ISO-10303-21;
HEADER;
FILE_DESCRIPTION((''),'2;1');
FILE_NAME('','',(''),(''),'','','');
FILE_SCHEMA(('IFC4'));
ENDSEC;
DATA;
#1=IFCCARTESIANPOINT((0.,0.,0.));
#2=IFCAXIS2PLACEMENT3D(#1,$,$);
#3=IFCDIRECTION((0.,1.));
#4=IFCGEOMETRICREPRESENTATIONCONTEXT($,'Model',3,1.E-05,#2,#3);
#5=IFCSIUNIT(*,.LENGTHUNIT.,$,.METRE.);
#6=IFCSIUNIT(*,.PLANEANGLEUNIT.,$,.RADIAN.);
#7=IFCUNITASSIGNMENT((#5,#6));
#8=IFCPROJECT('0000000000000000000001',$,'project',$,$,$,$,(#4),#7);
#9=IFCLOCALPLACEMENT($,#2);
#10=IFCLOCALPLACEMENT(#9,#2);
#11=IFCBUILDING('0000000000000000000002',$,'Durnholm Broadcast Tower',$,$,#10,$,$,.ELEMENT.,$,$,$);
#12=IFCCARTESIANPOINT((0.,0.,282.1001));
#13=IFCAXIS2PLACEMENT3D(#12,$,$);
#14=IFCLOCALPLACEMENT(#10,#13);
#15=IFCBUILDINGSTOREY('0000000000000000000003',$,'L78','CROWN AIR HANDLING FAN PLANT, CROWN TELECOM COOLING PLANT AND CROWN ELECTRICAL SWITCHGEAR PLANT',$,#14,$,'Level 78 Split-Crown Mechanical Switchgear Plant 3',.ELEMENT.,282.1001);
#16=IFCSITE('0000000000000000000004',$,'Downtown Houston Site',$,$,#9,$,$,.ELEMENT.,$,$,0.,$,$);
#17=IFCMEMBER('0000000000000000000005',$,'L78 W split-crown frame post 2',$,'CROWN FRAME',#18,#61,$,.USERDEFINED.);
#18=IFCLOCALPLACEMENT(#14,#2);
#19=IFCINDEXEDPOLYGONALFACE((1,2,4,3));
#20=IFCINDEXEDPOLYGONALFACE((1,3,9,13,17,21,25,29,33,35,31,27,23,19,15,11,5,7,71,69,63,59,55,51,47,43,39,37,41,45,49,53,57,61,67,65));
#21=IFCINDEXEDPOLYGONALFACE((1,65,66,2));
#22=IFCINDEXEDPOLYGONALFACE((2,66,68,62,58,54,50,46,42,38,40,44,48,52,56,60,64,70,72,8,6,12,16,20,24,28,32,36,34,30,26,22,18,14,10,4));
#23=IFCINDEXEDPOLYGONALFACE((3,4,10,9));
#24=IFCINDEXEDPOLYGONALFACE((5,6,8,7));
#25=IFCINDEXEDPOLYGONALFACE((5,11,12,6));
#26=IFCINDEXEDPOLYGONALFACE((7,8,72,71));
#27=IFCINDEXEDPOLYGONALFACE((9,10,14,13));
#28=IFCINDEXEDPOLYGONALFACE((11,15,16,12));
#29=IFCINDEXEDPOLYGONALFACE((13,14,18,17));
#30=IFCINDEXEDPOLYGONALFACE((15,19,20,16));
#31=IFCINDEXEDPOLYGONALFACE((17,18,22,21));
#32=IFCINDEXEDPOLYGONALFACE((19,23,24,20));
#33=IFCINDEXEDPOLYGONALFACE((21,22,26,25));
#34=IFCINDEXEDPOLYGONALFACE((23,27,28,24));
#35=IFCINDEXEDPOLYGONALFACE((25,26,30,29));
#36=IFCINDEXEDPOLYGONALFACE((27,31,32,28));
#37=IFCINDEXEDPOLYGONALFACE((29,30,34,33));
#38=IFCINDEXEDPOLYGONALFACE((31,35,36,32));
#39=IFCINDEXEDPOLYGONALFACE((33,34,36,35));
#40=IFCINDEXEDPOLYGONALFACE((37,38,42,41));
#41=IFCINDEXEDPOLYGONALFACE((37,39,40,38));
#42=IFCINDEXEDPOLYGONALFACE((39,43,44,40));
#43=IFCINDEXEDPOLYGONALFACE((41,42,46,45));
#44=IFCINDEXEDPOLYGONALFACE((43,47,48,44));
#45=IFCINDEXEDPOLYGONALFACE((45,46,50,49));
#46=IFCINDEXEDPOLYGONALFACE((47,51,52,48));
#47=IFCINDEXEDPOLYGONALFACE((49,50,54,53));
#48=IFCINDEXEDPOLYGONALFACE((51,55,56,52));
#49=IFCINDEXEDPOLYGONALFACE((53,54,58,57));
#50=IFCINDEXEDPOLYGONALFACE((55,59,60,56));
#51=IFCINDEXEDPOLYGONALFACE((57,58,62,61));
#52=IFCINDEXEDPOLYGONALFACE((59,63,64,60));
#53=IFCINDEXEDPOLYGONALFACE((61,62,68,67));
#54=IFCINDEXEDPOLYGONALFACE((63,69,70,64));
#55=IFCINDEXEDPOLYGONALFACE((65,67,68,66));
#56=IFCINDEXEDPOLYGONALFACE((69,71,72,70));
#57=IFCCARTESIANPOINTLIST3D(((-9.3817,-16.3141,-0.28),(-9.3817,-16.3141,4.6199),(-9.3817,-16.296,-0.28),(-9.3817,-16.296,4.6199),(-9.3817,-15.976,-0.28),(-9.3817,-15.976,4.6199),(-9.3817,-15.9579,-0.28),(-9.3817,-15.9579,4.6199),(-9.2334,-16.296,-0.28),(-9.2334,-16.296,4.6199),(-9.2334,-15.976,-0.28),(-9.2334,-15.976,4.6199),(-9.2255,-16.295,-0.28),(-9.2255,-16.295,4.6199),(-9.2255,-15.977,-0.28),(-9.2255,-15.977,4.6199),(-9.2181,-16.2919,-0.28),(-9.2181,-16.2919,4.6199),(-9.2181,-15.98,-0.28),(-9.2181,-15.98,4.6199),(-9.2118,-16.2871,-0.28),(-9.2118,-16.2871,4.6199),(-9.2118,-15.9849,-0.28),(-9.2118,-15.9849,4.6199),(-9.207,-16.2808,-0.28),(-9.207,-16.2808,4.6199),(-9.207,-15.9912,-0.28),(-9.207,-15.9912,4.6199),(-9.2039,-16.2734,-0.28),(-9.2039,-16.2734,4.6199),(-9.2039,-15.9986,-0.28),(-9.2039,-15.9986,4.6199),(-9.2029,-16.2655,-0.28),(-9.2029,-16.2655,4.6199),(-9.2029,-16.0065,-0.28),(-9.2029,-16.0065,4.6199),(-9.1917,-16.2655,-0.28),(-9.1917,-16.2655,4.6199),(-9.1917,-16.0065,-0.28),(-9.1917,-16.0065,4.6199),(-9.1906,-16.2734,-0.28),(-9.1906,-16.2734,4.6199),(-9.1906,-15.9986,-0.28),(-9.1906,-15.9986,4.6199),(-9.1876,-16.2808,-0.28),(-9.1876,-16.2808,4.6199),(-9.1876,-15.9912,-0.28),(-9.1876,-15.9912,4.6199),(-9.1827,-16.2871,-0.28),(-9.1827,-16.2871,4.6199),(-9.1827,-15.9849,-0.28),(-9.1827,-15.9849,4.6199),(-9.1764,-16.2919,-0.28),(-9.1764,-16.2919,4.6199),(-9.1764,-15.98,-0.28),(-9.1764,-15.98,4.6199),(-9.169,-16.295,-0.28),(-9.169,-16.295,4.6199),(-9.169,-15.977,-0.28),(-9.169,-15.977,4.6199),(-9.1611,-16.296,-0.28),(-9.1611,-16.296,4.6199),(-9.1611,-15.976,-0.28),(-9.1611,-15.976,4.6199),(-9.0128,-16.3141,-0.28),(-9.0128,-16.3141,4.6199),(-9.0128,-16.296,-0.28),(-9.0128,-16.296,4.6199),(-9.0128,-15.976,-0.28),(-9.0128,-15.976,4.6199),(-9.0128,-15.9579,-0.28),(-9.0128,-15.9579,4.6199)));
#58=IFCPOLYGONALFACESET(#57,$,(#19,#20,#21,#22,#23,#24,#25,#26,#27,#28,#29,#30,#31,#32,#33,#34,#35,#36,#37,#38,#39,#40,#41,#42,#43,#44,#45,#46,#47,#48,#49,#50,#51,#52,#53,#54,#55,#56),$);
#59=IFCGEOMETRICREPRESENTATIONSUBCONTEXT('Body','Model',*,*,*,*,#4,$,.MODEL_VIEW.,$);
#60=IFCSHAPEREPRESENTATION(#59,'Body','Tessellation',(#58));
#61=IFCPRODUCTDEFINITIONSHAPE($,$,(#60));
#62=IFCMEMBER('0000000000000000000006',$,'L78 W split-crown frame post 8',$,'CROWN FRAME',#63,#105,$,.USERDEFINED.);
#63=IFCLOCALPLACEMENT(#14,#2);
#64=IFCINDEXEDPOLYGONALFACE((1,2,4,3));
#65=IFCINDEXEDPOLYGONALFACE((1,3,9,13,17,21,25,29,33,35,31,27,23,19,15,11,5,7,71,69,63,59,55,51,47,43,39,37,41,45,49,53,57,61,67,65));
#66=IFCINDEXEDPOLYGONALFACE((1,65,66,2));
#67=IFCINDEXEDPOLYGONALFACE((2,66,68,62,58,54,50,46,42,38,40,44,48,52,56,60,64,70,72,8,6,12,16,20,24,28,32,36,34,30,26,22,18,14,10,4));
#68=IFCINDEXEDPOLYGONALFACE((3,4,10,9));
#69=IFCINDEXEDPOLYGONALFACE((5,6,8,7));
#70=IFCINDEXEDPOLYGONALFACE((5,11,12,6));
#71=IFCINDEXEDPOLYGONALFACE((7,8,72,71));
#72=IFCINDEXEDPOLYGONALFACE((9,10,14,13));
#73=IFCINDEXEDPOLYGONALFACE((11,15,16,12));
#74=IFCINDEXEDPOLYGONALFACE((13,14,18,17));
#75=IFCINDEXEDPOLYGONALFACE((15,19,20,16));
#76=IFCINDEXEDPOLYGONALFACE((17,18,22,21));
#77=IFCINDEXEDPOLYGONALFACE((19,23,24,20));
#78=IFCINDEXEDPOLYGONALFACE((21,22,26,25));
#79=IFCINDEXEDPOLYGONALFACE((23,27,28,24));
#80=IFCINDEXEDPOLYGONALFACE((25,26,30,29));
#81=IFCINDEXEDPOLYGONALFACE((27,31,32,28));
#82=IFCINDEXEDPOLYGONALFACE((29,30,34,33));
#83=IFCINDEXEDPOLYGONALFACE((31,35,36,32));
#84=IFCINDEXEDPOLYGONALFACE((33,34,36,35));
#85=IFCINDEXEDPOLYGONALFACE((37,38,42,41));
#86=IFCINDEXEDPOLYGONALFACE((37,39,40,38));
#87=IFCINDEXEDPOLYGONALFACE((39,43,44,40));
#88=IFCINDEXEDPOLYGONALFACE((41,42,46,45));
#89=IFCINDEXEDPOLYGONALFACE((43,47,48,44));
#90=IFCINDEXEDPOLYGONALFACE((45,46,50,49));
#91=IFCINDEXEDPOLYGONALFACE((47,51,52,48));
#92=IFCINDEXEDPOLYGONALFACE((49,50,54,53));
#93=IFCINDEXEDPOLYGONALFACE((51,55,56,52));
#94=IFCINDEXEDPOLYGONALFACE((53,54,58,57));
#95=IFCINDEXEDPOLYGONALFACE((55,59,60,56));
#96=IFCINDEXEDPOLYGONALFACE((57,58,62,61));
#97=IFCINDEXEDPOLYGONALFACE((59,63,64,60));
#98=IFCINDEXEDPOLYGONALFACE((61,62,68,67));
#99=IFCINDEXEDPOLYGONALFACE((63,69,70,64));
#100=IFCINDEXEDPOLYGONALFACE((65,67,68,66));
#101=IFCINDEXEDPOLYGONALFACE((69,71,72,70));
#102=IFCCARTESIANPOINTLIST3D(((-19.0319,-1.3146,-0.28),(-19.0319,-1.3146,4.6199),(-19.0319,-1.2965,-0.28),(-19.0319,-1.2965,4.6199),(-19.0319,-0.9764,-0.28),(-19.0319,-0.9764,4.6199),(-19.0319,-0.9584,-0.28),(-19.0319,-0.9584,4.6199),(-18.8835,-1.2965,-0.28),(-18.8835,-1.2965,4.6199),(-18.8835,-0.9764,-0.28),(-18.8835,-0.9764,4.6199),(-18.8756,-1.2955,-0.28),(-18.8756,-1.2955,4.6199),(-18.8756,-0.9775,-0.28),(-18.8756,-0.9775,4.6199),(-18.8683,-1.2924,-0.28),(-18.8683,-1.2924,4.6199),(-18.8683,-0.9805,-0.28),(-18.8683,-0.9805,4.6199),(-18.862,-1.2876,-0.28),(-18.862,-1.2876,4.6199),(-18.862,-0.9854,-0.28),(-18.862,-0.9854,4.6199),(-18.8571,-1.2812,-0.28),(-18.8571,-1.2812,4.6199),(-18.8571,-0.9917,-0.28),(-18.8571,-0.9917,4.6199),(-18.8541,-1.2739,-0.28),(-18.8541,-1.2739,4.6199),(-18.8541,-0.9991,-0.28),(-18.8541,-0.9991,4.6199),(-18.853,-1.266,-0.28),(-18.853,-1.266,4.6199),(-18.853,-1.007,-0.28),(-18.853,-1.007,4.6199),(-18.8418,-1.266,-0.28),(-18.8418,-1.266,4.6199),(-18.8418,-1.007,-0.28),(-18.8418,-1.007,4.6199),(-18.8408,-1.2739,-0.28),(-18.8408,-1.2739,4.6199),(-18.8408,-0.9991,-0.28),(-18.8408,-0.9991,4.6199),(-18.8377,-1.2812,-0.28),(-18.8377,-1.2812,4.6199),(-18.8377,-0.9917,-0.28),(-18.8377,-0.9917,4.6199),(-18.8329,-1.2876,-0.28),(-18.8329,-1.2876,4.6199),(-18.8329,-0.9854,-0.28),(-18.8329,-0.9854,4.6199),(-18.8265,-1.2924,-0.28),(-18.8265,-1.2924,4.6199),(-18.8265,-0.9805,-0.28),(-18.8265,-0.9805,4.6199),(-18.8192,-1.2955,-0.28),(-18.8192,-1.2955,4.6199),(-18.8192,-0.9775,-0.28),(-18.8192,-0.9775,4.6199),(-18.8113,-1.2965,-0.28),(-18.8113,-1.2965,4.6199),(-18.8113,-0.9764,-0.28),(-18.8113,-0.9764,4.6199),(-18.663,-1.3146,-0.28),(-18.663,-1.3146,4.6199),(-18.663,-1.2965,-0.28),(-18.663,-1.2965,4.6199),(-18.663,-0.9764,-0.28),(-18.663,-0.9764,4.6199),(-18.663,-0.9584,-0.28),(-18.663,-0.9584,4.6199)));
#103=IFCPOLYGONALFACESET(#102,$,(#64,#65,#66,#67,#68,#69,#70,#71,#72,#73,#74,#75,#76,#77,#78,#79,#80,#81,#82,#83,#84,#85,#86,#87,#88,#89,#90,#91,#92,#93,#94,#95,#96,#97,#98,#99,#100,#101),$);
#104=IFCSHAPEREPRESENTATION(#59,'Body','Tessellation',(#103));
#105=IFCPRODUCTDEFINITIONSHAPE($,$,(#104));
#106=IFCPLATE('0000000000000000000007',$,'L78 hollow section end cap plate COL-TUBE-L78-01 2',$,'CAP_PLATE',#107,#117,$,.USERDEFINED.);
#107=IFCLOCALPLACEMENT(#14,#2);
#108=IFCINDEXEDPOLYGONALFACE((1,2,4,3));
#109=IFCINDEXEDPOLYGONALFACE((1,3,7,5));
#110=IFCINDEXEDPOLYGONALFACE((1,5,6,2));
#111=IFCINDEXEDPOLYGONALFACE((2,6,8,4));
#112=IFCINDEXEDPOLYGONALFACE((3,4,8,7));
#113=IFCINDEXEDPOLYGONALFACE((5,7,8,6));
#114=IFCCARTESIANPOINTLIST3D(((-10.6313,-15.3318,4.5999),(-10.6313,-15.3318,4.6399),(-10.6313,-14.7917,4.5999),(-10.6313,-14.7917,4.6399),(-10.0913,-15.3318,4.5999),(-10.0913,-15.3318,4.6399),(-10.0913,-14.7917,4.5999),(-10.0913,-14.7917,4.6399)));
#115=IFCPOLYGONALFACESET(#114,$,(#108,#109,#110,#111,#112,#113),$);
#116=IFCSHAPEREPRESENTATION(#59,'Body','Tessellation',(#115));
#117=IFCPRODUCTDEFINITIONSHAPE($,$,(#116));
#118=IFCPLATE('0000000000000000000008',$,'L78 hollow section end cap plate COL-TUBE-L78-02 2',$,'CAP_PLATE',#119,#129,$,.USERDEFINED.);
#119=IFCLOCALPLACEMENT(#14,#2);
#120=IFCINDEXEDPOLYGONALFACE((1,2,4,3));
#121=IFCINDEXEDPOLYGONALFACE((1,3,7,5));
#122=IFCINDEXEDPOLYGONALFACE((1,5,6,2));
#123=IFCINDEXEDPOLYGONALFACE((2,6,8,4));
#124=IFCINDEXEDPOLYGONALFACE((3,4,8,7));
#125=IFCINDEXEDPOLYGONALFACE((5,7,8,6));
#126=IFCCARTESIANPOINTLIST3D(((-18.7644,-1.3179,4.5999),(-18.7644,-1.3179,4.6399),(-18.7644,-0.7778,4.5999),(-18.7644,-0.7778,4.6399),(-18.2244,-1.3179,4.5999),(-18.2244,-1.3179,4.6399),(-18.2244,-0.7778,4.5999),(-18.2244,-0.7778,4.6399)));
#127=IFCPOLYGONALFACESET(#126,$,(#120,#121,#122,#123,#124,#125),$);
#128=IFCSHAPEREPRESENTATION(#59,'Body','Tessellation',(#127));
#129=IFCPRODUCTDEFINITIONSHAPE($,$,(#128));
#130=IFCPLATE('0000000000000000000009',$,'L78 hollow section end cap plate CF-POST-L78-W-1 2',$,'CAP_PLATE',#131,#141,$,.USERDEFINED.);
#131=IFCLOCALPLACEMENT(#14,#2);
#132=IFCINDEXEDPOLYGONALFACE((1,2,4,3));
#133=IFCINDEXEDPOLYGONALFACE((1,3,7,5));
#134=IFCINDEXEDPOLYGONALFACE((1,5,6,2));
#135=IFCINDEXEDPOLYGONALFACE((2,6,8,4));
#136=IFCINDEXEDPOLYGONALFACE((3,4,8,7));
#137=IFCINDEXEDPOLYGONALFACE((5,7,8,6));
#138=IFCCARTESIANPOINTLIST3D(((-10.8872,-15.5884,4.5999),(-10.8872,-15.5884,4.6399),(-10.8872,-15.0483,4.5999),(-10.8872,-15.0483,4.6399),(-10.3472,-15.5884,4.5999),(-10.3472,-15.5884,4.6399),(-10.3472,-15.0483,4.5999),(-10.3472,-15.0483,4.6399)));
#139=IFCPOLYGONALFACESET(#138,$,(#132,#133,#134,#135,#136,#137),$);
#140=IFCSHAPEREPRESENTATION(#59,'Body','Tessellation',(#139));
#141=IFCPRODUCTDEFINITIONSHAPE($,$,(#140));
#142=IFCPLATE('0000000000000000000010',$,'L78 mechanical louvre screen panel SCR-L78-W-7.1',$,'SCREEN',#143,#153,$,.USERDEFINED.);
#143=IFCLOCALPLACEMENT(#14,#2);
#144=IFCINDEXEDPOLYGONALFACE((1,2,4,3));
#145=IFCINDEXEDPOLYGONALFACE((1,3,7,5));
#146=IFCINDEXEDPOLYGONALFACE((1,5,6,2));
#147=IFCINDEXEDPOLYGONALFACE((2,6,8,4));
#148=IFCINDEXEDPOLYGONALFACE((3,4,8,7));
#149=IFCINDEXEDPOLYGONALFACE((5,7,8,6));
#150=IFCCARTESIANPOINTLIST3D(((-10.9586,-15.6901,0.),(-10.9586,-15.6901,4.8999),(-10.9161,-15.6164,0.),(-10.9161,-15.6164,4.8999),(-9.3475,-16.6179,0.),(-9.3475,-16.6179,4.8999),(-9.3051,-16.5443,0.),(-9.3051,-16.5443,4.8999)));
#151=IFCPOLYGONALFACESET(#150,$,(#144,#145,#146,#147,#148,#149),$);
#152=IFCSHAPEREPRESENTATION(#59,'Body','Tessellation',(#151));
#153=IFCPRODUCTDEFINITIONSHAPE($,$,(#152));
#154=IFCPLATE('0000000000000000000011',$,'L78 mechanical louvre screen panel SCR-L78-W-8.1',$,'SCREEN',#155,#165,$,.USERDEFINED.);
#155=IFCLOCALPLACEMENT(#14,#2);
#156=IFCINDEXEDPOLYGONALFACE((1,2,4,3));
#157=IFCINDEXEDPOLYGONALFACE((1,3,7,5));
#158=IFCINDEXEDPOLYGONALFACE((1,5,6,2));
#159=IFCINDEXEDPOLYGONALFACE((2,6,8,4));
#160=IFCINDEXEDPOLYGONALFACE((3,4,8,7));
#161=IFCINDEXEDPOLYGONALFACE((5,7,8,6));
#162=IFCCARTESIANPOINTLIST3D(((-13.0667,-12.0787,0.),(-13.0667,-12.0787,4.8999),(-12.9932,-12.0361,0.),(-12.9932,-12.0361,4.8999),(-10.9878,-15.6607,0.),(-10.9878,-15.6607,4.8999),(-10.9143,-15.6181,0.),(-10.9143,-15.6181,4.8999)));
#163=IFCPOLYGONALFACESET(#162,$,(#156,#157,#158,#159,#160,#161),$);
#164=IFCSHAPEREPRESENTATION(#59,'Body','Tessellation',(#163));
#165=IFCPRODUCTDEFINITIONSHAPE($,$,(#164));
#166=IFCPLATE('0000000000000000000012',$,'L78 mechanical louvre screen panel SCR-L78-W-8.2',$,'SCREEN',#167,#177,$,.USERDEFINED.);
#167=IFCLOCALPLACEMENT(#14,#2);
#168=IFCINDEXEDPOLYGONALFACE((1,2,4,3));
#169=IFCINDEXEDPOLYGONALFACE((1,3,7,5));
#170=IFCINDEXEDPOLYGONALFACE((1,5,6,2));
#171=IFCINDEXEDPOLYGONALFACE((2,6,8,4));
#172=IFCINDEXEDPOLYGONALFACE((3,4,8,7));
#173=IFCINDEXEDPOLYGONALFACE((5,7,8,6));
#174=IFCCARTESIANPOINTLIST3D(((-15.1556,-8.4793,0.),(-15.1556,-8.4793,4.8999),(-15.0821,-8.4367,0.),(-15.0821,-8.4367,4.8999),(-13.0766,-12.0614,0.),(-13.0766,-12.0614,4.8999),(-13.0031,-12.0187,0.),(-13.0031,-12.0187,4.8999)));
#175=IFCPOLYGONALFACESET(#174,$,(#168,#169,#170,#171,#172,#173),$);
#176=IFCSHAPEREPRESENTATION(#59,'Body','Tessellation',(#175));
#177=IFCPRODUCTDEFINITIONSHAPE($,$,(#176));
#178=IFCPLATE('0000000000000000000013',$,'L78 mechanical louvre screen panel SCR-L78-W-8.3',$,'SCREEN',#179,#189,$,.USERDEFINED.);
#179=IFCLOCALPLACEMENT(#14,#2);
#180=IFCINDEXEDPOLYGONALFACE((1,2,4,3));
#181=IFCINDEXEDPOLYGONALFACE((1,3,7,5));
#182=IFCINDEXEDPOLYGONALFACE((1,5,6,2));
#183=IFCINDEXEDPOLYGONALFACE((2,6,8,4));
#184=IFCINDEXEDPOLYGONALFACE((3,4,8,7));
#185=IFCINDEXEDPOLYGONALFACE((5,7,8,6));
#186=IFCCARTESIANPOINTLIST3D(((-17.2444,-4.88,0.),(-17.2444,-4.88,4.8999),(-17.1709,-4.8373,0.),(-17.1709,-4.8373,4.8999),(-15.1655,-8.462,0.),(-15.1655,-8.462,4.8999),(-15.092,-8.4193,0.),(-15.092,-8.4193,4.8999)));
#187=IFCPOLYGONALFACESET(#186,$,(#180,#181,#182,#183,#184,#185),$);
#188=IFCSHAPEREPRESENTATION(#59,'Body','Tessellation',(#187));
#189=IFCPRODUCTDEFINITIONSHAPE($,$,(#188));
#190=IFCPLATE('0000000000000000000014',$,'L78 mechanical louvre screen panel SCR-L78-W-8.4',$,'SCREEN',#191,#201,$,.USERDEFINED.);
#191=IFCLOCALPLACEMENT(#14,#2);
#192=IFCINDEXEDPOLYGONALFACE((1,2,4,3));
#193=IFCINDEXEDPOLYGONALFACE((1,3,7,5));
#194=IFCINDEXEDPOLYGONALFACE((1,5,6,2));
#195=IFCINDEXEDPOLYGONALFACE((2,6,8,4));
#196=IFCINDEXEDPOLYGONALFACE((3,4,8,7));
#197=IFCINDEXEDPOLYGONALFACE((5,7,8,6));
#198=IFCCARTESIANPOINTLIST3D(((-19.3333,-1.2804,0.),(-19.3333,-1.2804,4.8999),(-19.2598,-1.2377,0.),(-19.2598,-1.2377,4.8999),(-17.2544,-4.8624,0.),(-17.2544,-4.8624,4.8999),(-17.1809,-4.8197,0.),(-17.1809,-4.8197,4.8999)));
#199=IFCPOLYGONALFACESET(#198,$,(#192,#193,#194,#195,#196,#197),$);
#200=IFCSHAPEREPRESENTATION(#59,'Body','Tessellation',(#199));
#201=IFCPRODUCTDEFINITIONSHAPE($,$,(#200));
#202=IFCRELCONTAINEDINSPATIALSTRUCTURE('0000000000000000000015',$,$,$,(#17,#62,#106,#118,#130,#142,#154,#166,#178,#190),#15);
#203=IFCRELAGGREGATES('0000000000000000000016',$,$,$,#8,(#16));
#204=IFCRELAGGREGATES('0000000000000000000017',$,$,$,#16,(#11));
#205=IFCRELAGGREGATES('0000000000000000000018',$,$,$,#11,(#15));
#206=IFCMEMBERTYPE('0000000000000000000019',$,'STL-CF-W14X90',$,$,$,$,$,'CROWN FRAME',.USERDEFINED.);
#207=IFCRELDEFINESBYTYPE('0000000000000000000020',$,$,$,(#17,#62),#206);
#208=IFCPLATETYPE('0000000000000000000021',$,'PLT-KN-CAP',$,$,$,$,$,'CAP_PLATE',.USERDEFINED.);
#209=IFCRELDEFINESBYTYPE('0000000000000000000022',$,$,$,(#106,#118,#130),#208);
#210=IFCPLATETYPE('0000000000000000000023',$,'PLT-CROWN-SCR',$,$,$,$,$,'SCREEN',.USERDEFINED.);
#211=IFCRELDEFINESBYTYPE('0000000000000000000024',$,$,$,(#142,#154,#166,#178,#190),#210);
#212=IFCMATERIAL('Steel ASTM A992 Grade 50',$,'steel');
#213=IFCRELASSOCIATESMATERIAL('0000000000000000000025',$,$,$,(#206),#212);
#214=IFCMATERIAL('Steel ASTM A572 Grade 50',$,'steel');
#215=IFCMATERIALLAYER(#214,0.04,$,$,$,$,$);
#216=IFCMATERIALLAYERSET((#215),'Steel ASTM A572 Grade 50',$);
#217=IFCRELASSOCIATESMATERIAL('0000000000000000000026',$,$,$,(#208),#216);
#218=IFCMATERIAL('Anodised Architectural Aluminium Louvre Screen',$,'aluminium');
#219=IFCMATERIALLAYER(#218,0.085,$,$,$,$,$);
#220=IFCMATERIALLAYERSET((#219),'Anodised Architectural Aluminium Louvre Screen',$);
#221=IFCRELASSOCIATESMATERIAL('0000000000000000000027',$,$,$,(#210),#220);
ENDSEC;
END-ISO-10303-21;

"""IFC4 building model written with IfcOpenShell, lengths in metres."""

from ifc_helpers import new_model, si_unit, direction, frame, origin, origin_2d, place, context, subcontext, project, spatial, rectangle, i_section, extrude, source, transform, mapped, material, layer, layer_set, material_profile, profile_set, type_object, type_shapes, element, save


model = new_model("IFC4")

# Units and contexts
model_context = context("Model", 3, precision=1e-05, world=origin(), true_north=direction((0.0, 1.0)))
body_context = subcontext(model_context, "Body", "Model", "MODEL_VIEW")
ifc_project = project(units=[si_unit("LENGTHUNIT", "METRE"), si_unit("PLANEANGLEUNIT", "RADIAN")], contexts=[model_context])

# Site, building, storey
site_placement = place(None, origin())
site = spatial("IfcSite", under=ifc_project, at=site_placement, Name="Downtown Houston Site", CompositionType="ELEMENT", RefElevation=0.0)
building_placement = place(site_placement, origin())
building = spatial("IfcBuilding", under=site, at=building_placement, Name="Durnholm Broadcast Tower", CompositionType="ELEMENT")
storey_placement = place(building_placement, frame((0.0, 0.0, 282.1001)))
storey = spatial("IfcBuildingStorey", under=building, at=storey_placement, Name="L78", Description="CROWN AIR HANDLING FAN PLANT, CROWN TELECOM COOLING PLANT AND CROWN ELECTRICAL SWITCHGEAR PLANT", LongName="Level 78 Split-Crown Mechanical Switchgear Plant 3", CompositionType="ELEMENT", Elevation=282.1001)

# Shared definitions
ifc_material_1 = material(Name="Steel ASTM A992 Grade 50", Category="steel")

# Members
ifc_material_profile_1 = material_profile(ifc_material_1, i_section(OverallWidth=0.3689, OverallDepth=0.3562, WebThickness=0.0112, FlangeThickness=0.0181, FilletRadius=0.0305, at=origin_2d()), Name="W14X90")
ifc_profile_set_1 = profile_set([ifc_material_profile_1], Name="Steel ASTM A992 Grade 50")
member_type_1 = type_object("IfcMemberType", Name="STL-CF-W14X90", ElementType="CROWN FRAME", PredefinedType="USERDEFINED", material=ifc_profile_set_1)
shared_shape_1 = source(origin(), body_context, "Body", "SweptSolid", [
    extrude(i_section(OverallWidth=0.3689, OverallDepth=0.3562, WebThickness=0.0112, FlangeThickness=0.0181, FilletRadius=0.0305, at=origin_2d()), origin(), (0.0, 0.0, 1.0), 4.8999),
])
type_shapes(member_type_1, [shared_shape_1])
for number, where, z_axis, x_axis, name in (
    (1, (-9.1973, -16.136, -0.28), (0.0, 0.0, 1.0), (1.0, 0.0, 0.0), "L78 W split-crown frame post 2"),
    (2, (-18.8474, -1.1365, -0.28), (0.0, 0.0, 1.0), (1.0, 0.0, 0.0), "L78 W split-crown frame post 8"),
):
    element("IfcMember", number, at=place(storey_placement, frame(where, z_axis=z_axis, x_axis=x_axis)), inside=storey, type_object=member_type_1, Name=name, ObjectType="CROWN FRAME", PredefinedType="USERDEFINED", context=body_context, shape_type="MappedRepresentation", body=[
        mapped(shared_shape_1, transform((0.0, 0.0, 0.0), x_axis=(1.0, 0.0, 0.0), y_axis=(0.0, 1.0, 0.0), z_axis=(0.0, 0.0, 1.0), scale=1.0)),
    ])

# Plates
ifc_material_2 = material(Name="Steel ASTM A572 Grade 50", Category="steel")
ifc_layer_1 = layer(ifc_material_2, 0.04)
ifc_layer_set_1 = layer_set([ifc_layer_1], Name="Steel ASTM A572 Grade 50")
plate_type_1 = type_object("IfcPlateType", Name="PLT-KN-CAP", ElementType="CAP_PLATE", PredefinedType="USERDEFINED", material=ifc_layer_set_1)
shared_shape_2 = source(origin(), body_context, "Body", "SweptSolid", [
    extrude(rectangle(XDim=0.54, YDim=0.54, at=origin_2d()), origin(), (0.0, 0.0, 1.0), 0.04),
])
type_shapes(plate_type_1, [shared_shape_2])
for number, where, z_axis, x_axis, name in (
    (3, (-10.3613, -15.0618, 4.5999), (0.0, 0.0, 1.0), (1.0, 0.0, 0.0), "L78 hollow section end cap plate COL-TUBE-L78-01 2"),
    (4, (-18.4944, -1.0479, 4.5999), (0.0, 0.0, 1.0), (1.0, 0.0, 0.0), "L78 hollow section end cap plate COL-TUBE-L78-02 2"),
    (5, (-10.6172, -15.3184, 4.5999), (0.0, 0.0, 1.0), (1.0, 0.0, 0.0), "L78 hollow section end cap plate CF-POST-L78-W-1 2"),
):
    element("IfcPlate", number, at=place(storey_placement, frame(where, z_axis=z_axis, x_axis=x_axis)), inside=storey, type_object=plate_type_1, Name=name, ObjectType="CAP_PLATE", PredefinedType="USERDEFINED", context=body_context, shape_type="MappedRepresentation", body=[
        mapped(shared_shape_2, transform((0.0, 0.0, 0.0), x_axis=(1.0, 0.0, 0.0), y_axis=(0.0, 1.0, 0.0), z_axis=(0.0, 0.0, 1.0), scale=1.0)),
    ])
ifc_material_3 = material(Name="Anodised Architectural Aluminium Louvre Screen", Category="aluminium")
ifc_layer_2 = layer(ifc_material_3, 0.085)
ifc_layer_set_2 = layer_set([ifc_layer_2], Name="Anodised Architectural Aluminium Louvre Screen")
plate_type_2 = type_object("IfcPlateType", Name="PLT-CROWN-SCR", ElementType="SCREEN", PredefinedType="USERDEFINED", material=ifc_layer_set_2)
shared_shape_3 = source(origin(), body_context, "Body", "SweptSolid", [
    extrude(rectangle(XDim=1.8591, YDim=0.085, at=origin_2d()), origin(), (0.0, 0.0, 1.0), 4.8999),
])
plate_placement = place(storey_placement, frame((-10.1318, -16.1172, 0.0), z_axis=(0.0, 0.0, 1.0), x_axis=(-0.866549, 0.499093, 0.0)))
element("IfcPlate", 6, at=plate_placement, inside=storey, type_object=plate_type_2, Name="L78 mechanical louvre screen panel SCR-L78-W-7.1", ObjectType="SCREEN", PredefinedType="USERDEFINED", context=body_context, shape_type="MappedRepresentation", body=[
    mapped(shared_shape_3, transform((0.0, 0.0, 0.0), x_axis=(1.0, 0.0, 0.0), y_axis=(0.0, 1.0, 0.0), z_axis=(0.0, 0.0, 1.0), scale=1.0)),
])
shared_shape_4 = source(origin(), body_context, "Body", "SweptSolid", [
    extrude(rectangle(XDim=4.1416, YDim=0.085, at=origin_2d()), origin(), (0.0, 0.0, 1.0), 4.8999),
])
type_shapes(plate_type_2, [shared_shape_3, shared_shape_4])
for number, where, z_axis, x_axis, name in (
    (7, (-11.9905, -13.8484, 0.0), (0.0, 0.0, 1.0), (-0.501964, 0.864889, 0.0), "L78 mechanical louvre screen panel SCR-L78-W-8.1"),
    (8, (-14.0793, -10.249, 0.0), (0.0, 0.0, 1.0), (-0.501964, 0.864889, 0.0), "L78 mechanical louvre screen panel SCR-L78-W-8.2"),
    (9, (-16.1682, -6.6497, 0.0), (0.0, 0.0, 1.0), (-0.501964, 0.864889, 0.0), "L78 mechanical louvre screen panel SCR-L78-W-8.3"),
    (10, (-18.2571, -3.05, 0.0), (0.0, 0.0, 1.0), (-0.501964, 0.864889, 0.0), "L78 mechanical louvre screen panel SCR-L78-W-8.4"),
):
    element("IfcPlate", number, at=place(storey_placement, frame(where, z_axis=z_axis, x_axis=x_axis)), inside=storey, type_object=plate_type_2, Name=name, ObjectType="SCREEN", PredefinedType="USERDEFINED", context=body_context, shape_type="MappedRepresentation", body=[
        mapped(shared_shape_4, transform((0.0, 0.0, 0.0), x_axis=(1.0, 0.0, 0.0), y_axis=(0.0, 1.0, 0.0), z_axis=(0.0, 0.0, 1.0), scale=1.0)),
    ])

save(model, "model.ifc")
